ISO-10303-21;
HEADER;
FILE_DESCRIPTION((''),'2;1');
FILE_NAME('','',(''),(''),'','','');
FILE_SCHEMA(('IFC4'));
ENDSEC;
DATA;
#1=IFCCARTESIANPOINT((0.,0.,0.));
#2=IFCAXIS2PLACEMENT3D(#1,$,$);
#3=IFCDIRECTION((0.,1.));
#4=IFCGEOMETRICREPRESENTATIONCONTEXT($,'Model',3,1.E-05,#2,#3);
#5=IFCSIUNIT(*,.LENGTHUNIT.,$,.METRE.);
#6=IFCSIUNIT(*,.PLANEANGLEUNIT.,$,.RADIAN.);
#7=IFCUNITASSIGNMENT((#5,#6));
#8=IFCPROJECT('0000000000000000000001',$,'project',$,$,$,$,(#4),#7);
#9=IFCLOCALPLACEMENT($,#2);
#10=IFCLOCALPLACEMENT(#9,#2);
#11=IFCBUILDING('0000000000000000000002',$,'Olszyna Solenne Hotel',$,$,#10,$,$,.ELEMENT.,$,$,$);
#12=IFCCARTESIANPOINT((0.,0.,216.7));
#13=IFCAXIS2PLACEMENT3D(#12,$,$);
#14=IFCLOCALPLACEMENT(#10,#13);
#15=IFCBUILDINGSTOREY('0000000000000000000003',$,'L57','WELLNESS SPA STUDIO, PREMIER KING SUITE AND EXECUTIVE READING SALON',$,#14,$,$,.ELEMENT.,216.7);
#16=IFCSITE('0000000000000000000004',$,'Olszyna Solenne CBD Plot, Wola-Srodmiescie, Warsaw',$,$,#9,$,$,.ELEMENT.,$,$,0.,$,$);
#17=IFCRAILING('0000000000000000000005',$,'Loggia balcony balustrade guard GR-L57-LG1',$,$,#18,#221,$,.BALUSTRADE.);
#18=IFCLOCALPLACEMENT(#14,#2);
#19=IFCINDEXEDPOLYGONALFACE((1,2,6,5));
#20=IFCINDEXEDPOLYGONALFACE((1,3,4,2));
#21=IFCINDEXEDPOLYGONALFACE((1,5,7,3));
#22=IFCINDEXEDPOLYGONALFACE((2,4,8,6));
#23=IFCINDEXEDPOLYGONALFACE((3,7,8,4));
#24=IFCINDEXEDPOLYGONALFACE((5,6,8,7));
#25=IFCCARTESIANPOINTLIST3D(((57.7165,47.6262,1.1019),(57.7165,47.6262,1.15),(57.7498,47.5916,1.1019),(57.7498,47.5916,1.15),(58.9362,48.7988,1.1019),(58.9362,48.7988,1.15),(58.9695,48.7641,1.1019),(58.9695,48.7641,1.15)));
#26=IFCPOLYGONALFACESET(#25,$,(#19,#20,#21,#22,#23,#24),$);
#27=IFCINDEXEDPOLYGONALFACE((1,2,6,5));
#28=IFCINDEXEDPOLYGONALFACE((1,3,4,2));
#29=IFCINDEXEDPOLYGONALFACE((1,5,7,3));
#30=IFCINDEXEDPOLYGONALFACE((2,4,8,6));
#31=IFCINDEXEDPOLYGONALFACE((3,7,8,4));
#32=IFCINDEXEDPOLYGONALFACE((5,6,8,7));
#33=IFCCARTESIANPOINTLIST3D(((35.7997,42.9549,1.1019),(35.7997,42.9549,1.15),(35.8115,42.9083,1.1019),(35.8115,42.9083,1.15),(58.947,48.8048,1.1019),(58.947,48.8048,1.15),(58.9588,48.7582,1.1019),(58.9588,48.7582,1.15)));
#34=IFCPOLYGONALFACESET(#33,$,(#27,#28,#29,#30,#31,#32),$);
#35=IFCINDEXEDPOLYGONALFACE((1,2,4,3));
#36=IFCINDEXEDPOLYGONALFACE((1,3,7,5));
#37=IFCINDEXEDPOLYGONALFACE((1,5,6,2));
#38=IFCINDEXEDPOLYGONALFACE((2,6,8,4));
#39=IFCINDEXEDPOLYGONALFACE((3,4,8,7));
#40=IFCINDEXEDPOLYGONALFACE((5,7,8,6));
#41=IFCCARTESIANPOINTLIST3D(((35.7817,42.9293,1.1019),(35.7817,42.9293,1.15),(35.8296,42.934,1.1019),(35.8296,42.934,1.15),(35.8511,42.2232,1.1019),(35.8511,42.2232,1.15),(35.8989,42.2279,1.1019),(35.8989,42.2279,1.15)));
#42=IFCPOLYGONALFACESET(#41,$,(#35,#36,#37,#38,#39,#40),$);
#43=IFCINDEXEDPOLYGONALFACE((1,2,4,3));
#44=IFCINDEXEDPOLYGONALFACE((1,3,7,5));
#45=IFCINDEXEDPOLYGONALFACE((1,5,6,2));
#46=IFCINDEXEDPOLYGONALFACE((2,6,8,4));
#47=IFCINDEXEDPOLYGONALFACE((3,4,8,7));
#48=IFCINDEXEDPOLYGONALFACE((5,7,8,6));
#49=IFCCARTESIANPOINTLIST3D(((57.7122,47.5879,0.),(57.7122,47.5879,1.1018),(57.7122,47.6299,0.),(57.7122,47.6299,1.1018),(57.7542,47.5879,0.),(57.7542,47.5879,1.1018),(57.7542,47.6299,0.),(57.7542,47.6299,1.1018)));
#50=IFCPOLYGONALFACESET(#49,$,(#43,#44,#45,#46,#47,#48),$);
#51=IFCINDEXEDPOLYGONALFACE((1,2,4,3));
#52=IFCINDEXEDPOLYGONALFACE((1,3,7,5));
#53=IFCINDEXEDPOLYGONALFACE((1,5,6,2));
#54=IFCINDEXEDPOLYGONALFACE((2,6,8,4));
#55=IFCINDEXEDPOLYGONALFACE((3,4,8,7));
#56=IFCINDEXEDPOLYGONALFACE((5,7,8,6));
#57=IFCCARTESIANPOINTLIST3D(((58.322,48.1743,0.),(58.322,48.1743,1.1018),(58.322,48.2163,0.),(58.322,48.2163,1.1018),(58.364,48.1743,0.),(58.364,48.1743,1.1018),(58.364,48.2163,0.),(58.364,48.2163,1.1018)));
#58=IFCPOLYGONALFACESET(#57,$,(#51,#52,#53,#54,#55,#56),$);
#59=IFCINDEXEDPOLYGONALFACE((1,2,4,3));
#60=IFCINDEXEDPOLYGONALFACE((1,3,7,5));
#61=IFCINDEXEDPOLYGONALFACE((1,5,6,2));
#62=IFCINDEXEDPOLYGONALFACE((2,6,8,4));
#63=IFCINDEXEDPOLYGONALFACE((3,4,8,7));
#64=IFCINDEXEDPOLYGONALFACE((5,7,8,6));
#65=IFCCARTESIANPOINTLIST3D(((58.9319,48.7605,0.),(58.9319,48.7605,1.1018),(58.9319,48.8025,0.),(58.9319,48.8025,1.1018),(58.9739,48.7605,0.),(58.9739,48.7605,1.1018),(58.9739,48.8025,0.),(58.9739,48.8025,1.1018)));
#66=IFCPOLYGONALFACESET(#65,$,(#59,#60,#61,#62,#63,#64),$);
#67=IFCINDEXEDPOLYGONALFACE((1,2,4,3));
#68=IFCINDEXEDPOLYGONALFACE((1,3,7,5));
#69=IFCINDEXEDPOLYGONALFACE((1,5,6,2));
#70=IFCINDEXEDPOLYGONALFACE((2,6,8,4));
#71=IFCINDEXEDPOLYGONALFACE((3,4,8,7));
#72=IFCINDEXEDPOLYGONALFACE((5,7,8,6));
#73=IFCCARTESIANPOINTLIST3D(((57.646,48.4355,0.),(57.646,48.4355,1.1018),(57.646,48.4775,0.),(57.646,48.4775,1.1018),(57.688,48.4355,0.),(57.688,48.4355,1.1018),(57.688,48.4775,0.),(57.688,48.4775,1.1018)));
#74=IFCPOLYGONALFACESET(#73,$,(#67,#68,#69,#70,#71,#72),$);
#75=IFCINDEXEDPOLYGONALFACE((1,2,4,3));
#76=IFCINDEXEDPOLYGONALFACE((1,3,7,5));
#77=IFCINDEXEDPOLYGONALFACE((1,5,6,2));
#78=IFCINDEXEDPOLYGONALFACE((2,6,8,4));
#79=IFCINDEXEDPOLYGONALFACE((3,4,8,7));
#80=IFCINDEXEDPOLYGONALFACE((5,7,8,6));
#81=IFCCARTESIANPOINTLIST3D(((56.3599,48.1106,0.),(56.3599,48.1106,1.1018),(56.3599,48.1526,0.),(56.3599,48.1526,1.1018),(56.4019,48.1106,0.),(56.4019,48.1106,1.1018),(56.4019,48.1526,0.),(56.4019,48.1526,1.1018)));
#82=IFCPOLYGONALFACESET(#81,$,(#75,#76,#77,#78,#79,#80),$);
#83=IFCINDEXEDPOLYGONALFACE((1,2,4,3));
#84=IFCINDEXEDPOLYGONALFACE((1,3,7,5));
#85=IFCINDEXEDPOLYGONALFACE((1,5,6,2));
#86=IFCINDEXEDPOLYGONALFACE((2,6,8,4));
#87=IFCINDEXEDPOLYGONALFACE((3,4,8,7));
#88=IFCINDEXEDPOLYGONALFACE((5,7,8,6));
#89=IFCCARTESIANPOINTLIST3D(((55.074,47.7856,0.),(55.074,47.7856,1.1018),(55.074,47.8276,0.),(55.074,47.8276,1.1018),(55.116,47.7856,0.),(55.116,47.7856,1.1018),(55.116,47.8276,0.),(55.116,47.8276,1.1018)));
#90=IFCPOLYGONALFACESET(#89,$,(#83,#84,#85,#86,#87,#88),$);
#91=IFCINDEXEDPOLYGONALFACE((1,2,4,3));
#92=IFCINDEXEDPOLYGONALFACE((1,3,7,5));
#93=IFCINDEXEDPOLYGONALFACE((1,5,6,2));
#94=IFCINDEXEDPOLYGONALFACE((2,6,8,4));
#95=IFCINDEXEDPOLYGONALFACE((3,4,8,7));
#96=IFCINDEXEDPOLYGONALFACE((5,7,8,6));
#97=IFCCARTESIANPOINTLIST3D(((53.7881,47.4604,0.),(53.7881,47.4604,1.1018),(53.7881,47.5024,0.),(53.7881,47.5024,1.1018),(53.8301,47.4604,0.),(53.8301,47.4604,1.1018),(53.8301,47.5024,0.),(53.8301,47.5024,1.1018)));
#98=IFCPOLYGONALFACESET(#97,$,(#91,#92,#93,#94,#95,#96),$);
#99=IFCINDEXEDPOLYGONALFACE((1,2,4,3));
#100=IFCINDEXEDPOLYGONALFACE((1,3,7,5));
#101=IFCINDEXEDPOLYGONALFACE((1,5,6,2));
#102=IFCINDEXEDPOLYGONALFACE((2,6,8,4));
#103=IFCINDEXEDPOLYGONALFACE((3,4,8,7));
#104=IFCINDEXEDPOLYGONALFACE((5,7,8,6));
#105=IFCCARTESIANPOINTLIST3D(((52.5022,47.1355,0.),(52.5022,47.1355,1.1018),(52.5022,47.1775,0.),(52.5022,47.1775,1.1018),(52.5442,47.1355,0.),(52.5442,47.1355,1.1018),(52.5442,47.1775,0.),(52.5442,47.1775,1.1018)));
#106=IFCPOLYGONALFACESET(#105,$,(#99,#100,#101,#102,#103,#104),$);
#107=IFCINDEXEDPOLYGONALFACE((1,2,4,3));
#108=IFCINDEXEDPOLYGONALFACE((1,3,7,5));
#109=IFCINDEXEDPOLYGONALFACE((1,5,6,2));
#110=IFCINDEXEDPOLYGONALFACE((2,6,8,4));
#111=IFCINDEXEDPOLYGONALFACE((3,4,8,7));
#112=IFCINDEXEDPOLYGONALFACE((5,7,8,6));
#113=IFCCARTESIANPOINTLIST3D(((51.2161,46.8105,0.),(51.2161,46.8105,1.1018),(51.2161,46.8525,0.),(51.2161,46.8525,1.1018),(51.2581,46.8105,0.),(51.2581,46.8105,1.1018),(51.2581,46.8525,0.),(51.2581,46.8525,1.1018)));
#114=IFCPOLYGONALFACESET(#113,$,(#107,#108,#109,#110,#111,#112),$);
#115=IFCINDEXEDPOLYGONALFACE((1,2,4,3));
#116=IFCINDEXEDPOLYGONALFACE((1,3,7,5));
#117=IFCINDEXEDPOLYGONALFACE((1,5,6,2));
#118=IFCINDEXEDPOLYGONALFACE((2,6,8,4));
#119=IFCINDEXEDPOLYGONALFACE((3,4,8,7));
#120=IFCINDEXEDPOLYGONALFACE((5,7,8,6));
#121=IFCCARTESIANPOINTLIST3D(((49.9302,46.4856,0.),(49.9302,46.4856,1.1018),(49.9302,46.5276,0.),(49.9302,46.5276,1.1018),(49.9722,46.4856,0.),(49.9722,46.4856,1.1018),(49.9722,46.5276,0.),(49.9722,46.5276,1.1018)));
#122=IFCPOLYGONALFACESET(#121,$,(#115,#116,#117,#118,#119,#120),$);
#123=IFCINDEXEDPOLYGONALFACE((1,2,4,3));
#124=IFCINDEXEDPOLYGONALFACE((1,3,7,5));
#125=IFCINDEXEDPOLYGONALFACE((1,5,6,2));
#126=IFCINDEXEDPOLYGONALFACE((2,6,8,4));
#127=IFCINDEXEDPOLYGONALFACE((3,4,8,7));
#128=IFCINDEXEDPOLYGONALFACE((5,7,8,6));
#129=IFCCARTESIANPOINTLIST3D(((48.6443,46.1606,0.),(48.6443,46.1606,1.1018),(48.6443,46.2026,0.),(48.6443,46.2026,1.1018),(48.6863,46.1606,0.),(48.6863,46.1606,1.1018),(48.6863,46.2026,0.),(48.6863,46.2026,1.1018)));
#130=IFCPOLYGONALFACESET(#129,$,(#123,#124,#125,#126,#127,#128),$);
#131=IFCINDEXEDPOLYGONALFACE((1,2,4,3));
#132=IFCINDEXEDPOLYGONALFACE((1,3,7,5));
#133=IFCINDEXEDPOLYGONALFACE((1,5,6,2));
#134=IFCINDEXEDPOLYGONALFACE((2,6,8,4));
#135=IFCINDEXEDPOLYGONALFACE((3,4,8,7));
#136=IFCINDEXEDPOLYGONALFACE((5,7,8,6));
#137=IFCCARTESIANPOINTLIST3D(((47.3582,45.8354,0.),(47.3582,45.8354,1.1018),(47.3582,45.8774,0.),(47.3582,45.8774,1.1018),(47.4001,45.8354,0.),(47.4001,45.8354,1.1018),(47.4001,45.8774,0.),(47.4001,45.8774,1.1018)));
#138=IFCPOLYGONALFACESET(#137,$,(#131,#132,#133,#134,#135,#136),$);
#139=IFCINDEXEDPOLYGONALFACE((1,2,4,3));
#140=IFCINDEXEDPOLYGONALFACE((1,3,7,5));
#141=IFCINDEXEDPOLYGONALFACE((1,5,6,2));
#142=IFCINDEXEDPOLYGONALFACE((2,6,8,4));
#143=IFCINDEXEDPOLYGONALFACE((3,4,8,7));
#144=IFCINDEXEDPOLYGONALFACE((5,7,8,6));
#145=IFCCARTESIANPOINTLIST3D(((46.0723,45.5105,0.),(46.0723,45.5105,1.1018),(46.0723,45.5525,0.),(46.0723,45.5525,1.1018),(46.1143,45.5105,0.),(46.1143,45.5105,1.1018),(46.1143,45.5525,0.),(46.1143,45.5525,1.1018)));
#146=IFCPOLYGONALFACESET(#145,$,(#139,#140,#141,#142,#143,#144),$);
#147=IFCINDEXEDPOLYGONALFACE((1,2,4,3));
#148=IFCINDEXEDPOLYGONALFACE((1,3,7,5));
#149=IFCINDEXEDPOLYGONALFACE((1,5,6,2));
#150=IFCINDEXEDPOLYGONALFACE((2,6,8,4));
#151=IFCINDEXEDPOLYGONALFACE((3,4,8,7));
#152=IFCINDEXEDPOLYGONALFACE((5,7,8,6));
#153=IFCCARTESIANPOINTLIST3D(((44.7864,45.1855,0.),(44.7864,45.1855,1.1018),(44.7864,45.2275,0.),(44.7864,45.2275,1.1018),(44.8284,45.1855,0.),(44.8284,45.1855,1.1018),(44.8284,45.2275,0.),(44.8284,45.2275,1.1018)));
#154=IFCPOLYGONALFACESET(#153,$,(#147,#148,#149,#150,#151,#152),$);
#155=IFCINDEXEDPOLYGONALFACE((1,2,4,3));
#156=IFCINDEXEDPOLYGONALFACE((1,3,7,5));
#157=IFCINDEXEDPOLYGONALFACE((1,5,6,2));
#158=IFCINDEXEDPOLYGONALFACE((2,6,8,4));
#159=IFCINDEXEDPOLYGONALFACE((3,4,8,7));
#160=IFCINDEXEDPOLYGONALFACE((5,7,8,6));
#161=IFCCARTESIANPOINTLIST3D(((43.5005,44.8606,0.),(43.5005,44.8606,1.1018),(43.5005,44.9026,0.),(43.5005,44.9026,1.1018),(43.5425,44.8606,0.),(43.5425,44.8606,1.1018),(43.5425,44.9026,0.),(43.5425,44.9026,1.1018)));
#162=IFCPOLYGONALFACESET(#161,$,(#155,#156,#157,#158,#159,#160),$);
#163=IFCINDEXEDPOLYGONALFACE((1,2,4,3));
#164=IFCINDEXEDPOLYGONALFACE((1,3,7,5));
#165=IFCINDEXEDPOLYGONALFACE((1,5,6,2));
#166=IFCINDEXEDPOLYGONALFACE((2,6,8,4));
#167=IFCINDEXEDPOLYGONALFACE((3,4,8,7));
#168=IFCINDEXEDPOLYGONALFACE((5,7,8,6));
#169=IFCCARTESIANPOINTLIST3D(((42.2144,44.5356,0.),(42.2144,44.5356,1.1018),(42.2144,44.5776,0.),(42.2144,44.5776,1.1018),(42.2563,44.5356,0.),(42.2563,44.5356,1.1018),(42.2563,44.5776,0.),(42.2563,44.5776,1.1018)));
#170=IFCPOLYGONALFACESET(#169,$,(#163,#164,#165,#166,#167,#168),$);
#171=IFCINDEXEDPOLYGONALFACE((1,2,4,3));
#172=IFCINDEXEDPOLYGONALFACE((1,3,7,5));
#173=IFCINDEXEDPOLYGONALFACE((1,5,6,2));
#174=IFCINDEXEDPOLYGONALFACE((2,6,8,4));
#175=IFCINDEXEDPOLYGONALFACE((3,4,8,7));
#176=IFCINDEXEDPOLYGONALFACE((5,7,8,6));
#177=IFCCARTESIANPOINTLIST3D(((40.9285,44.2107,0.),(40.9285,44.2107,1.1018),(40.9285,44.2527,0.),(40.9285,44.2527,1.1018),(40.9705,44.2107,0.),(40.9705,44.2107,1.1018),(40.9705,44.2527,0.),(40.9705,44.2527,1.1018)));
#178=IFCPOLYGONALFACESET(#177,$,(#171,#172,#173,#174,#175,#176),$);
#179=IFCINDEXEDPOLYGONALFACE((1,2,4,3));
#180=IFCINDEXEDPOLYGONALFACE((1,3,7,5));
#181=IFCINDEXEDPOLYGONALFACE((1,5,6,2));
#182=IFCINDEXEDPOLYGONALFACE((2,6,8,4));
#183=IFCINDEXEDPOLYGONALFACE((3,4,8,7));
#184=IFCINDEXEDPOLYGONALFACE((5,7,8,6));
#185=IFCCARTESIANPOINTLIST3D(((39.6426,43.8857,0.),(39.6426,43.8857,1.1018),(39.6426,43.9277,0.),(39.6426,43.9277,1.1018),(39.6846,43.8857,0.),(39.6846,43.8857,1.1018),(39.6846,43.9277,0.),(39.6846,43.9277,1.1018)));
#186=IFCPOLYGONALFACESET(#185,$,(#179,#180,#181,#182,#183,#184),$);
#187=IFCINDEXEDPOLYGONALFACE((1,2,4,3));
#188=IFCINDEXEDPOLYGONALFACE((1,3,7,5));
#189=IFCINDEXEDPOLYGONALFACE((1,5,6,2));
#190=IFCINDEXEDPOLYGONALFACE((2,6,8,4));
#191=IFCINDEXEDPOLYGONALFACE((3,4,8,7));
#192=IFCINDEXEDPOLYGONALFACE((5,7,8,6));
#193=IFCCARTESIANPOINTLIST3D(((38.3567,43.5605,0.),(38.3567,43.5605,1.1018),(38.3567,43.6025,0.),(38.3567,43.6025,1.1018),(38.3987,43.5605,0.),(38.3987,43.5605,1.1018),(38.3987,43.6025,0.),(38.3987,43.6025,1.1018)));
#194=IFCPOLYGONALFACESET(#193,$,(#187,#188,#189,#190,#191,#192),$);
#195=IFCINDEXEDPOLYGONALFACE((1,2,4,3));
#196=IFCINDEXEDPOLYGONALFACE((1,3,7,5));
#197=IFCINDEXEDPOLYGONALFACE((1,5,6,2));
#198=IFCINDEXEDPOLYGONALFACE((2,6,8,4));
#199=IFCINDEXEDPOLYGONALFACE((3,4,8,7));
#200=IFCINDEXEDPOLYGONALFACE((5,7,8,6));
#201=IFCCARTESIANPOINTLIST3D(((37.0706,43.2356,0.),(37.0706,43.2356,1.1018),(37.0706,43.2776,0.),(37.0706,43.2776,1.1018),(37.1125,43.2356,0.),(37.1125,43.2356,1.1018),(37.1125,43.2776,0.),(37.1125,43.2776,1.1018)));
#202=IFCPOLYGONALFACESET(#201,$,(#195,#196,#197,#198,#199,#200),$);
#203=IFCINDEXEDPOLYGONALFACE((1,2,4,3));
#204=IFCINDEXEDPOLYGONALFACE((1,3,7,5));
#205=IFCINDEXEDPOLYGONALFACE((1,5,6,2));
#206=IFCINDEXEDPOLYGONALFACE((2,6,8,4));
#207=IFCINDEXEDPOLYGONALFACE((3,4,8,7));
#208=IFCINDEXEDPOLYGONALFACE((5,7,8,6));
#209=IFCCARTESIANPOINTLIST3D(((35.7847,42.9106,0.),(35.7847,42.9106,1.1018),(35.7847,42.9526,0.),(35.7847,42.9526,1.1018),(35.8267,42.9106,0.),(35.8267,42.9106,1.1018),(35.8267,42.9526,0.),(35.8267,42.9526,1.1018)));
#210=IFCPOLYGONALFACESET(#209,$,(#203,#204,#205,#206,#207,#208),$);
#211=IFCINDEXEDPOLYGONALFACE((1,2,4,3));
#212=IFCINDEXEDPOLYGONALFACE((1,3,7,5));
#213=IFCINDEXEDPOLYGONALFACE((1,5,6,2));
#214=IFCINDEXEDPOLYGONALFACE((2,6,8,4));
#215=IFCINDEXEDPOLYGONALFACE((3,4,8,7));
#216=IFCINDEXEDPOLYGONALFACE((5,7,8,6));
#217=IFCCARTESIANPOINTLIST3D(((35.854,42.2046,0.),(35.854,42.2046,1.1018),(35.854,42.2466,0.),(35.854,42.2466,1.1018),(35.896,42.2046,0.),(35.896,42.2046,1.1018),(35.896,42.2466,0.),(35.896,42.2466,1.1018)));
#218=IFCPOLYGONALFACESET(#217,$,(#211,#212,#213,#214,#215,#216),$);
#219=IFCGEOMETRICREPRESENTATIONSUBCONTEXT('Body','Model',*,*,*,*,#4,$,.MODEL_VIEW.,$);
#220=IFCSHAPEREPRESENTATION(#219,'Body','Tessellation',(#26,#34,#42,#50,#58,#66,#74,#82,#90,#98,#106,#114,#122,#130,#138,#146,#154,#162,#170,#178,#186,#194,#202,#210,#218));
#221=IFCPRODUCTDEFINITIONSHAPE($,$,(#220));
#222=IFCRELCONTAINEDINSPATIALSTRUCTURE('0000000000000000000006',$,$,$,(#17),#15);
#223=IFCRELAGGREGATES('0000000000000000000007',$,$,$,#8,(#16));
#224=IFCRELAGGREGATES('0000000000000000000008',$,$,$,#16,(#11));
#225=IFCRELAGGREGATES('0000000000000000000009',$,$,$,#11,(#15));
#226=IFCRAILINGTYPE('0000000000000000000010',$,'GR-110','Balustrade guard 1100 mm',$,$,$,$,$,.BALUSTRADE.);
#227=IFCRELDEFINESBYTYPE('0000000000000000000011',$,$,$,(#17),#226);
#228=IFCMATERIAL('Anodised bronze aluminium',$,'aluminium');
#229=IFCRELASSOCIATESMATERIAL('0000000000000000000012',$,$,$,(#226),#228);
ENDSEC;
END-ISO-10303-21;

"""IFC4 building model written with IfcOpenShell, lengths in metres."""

from ifc_helpers import new_model, si_unit, direction, frame, origin, origin_2d, place, context, subcontext, project, spatial, rectangle, extrude, material, type_object, element, save


model = new_model("IFC4")

# Units and contexts
model_context = context("Model", 3, precision=1e-05, world=origin(), true_north=direction((0.0, 1.0)))
body_context = subcontext(model_context, "Body", "Model", "MODEL_VIEW")
ifc_project = project(units=[si_unit("LENGTHUNIT", "METRE"), si_unit("PLANEANGLEUNIT", "RADIAN")], contexts=[model_context])

# Site, building, storey
site_placement = place(None, origin())
site = spatial("IfcSite", under=ifc_project, at=site_placement, Name="Olszyna Solenne CBD Plot, Wola-Srodmiescie, Warsaw", CompositionType="ELEMENT", RefElevation=0.0)
building_placement = place(site_placement, origin())
building = spatial("IfcBuilding", under=site, at=building_placement, Name="Olszyna Solenne Hotel", CompositionType="ELEMENT")
storey_placement = place(building_placement, frame((0.0, 0.0, 216.7)))
storey = spatial("IfcBuildingStorey", under=building, at=storey_placement, Name="L57", Description="WELLNESS SPA STUDIO, PREMIER KING SUITE AND EXECUTIVE READING SALON", CompositionType="ELEMENT", Elevation=216.7)

# Railing
ifc_material_1 = material(Name="Anodised bronze aluminium", Category="aluminium")
railing_type = type_object("IfcRailingType", Name="GR-110", Description="Balustrade guard 1100 mm", PredefinedType="BALUSTRADE", material=ifc_material_1)
railing_placement = place(storey_placement, frame((57.7332, 47.6089, 0.0)))
element("IfcRailing", 1, at=railing_placement, inside=storey, type_object=railing_type, Name="Loggia balcony balustrade guard GR-L57-LG1", PredefinedType="BALUSTRADE", context=body_context, shape_type="SweptSolid", body=[
    extrude(rectangle(XDim=0.0481, YDim=0.0481, at=origin_2d()), frame((0.0, 0.0, 1.126), z_axis=(0.720894, 0.693045, 0.0), x_axis=(-0.693045, 0.720894, 0.0)), (0.0, 0.0, 1.0), 1.6919),
    extrude(rectangle(XDim=0.0481, YDim=0.0481, at=origin_2d()), frame((1.2197, 1.1726, 1.126), z_axis=(-0.969518, -0.24502, 0.0), x_axis=(0.24502, -0.969518, 0.0)), (0.0, 0.0, 1.0), 23.875),
    extrude(rectangle(XDim=0.0481, YDim=0.0481, at=origin_2d()), frame((-21.9275, -4.6772, 1.126), z_axis=(0.097732, -0.995213, 0.0), x_axis=(0.995213, 0.097732, 0.0)), (0.0, 0.0, 1.0), 0.7095),
    extrude(rectangle(XDim=0.042, YDim=0.042, at=origin_2d()), origin(), (0.0, 0.0, 1.0), 1.1018),
    extrude(rectangle(XDim=0.042, YDim=0.042, at=origin_2d()), frame((0.6099, 0.5864, 0.0)), (0.0, 0.0, 1.0), 1.1018),
    extrude(rectangle(XDim=0.042, YDim=0.042, at=origin_2d()), frame((1.2197, 1.1726, 0.0)), (0.0, 0.0, 1.0), 1.1018),
    extrude(rectangle(XDim=0.042, YDim=0.042, at=origin_2d()), frame((-0.0662, 0.8477, 0.0)), (0.0, 0.0, 1.0), 1.1018),
    extrude(rectangle(XDim=0.042, YDim=0.042, at=origin_2d()), frame((-1.3523, 0.5227, 0.0)), (0.0, 0.0, 1.0), 1.1018),
    extrude(rectangle(XDim=0.042, YDim=0.042, at=origin_2d()), frame((-2.6382, 0.1978, 0.0)), (0.0, 0.0, 1.0), 1.1018),
    extrude(rectangle(XDim=0.042, YDim=0.042, at=origin_2d()), frame((-3.9241, -0.1274, 0.0)), (0.0, 0.0, 1.0), 1.1018),
    extrude(rectangle(XDim=0.042, YDim=0.042, at=origin_2d()), frame((-5.21, -0.4524, 0.0)), (0.0, 0.0, 1.0), 1.1018),
    extrude(rectangle(XDim=0.042, YDim=0.042, at=origin_2d()), frame((-6.4961, -0.7773, 0.0)), (0.0, 0.0, 1.0), 1.1018),
    extrude(rectangle(XDim=0.042, YDim=0.042, at=origin_2d()), frame((-7.782, -1.1023, 0.0)), (0.0, 0.0, 1.0), 1.1018),
    extrude(rectangle(XDim=0.042, YDim=0.042, at=origin_2d()), frame((-9.0679, -1.4272, 0.0)), (0.0, 0.0, 1.0), 1.1018),
    extrude(rectangle(XDim=0.042, YDim=0.042, at=origin_2d()), frame((-10.354, -1.7524, 0.0)), (0.0, 0.0, 1.0), 1.1018),
    extrude(rectangle(XDim=0.042, YDim=0.042, at=origin_2d()), frame((-11.6399, -2.0774, 0.0)), (0.0, 0.0, 1.0), 1.1018),
    extrude(rectangle(XDim=0.042, YDim=0.042, at=origin_2d()), frame((-12.9258, -2.4023, 0.0)), (0.0, 0.0, 1.0), 1.1018),
    extrude(rectangle(XDim=0.042, YDim=0.042, at=origin_2d()), frame((-14.2117, -2.7273, 0.0)), (0.0, 0.0, 1.0), 1.1018),
    extrude(rectangle(XDim=0.042, YDim=0.042, at=origin_2d()), frame((-15.4978, -3.0522, 0.0)), (0.0, 0.0, 1.0), 1.1018),
    extrude(rectangle(XDim=0.042, YDim=0.042, at=origin_2d()), frame((-16.7837, -3.3772, 0.0)), (0.0, 0.0, 1.0), 1.1018),
    extrude(rectangle(XDim=0.042, YDim=0.042, at=origin_2d()), frame((-18.0696, -3.7021, 0.0)), (0.0, 0.0, 1.0), 1.1018),
    extrude(rectangle(XDim=0.042, YDim=0.042, at=origin_2d()), frame((-19.3555, -4.0273, 0.0)), (0.0, 0.0, 1.0), 1.1018),
    extrude(rectangle(XDim=0.042, YDim=0.042, at=origin_2d()), frame((-20.6416, -4.3523, 0.0)), (0.0, 0.0, 1.0), 1.1018),
    extrude(rectangle(XDim=0.042, YDim=0.042, at=origin_2d()), frame((-21.9275, -4.6772, 0.0)), (0.0, 0.0, 1.0), 1.1018),
    extrude(rectangle(XDim=0.042, YDim=0.042, at=origin_2d()), frame((-21.8582, -5.3833, 0.0)), (0.0, 0.0, 1.0), 1.1018),
])

save(model, "model.ifc")
